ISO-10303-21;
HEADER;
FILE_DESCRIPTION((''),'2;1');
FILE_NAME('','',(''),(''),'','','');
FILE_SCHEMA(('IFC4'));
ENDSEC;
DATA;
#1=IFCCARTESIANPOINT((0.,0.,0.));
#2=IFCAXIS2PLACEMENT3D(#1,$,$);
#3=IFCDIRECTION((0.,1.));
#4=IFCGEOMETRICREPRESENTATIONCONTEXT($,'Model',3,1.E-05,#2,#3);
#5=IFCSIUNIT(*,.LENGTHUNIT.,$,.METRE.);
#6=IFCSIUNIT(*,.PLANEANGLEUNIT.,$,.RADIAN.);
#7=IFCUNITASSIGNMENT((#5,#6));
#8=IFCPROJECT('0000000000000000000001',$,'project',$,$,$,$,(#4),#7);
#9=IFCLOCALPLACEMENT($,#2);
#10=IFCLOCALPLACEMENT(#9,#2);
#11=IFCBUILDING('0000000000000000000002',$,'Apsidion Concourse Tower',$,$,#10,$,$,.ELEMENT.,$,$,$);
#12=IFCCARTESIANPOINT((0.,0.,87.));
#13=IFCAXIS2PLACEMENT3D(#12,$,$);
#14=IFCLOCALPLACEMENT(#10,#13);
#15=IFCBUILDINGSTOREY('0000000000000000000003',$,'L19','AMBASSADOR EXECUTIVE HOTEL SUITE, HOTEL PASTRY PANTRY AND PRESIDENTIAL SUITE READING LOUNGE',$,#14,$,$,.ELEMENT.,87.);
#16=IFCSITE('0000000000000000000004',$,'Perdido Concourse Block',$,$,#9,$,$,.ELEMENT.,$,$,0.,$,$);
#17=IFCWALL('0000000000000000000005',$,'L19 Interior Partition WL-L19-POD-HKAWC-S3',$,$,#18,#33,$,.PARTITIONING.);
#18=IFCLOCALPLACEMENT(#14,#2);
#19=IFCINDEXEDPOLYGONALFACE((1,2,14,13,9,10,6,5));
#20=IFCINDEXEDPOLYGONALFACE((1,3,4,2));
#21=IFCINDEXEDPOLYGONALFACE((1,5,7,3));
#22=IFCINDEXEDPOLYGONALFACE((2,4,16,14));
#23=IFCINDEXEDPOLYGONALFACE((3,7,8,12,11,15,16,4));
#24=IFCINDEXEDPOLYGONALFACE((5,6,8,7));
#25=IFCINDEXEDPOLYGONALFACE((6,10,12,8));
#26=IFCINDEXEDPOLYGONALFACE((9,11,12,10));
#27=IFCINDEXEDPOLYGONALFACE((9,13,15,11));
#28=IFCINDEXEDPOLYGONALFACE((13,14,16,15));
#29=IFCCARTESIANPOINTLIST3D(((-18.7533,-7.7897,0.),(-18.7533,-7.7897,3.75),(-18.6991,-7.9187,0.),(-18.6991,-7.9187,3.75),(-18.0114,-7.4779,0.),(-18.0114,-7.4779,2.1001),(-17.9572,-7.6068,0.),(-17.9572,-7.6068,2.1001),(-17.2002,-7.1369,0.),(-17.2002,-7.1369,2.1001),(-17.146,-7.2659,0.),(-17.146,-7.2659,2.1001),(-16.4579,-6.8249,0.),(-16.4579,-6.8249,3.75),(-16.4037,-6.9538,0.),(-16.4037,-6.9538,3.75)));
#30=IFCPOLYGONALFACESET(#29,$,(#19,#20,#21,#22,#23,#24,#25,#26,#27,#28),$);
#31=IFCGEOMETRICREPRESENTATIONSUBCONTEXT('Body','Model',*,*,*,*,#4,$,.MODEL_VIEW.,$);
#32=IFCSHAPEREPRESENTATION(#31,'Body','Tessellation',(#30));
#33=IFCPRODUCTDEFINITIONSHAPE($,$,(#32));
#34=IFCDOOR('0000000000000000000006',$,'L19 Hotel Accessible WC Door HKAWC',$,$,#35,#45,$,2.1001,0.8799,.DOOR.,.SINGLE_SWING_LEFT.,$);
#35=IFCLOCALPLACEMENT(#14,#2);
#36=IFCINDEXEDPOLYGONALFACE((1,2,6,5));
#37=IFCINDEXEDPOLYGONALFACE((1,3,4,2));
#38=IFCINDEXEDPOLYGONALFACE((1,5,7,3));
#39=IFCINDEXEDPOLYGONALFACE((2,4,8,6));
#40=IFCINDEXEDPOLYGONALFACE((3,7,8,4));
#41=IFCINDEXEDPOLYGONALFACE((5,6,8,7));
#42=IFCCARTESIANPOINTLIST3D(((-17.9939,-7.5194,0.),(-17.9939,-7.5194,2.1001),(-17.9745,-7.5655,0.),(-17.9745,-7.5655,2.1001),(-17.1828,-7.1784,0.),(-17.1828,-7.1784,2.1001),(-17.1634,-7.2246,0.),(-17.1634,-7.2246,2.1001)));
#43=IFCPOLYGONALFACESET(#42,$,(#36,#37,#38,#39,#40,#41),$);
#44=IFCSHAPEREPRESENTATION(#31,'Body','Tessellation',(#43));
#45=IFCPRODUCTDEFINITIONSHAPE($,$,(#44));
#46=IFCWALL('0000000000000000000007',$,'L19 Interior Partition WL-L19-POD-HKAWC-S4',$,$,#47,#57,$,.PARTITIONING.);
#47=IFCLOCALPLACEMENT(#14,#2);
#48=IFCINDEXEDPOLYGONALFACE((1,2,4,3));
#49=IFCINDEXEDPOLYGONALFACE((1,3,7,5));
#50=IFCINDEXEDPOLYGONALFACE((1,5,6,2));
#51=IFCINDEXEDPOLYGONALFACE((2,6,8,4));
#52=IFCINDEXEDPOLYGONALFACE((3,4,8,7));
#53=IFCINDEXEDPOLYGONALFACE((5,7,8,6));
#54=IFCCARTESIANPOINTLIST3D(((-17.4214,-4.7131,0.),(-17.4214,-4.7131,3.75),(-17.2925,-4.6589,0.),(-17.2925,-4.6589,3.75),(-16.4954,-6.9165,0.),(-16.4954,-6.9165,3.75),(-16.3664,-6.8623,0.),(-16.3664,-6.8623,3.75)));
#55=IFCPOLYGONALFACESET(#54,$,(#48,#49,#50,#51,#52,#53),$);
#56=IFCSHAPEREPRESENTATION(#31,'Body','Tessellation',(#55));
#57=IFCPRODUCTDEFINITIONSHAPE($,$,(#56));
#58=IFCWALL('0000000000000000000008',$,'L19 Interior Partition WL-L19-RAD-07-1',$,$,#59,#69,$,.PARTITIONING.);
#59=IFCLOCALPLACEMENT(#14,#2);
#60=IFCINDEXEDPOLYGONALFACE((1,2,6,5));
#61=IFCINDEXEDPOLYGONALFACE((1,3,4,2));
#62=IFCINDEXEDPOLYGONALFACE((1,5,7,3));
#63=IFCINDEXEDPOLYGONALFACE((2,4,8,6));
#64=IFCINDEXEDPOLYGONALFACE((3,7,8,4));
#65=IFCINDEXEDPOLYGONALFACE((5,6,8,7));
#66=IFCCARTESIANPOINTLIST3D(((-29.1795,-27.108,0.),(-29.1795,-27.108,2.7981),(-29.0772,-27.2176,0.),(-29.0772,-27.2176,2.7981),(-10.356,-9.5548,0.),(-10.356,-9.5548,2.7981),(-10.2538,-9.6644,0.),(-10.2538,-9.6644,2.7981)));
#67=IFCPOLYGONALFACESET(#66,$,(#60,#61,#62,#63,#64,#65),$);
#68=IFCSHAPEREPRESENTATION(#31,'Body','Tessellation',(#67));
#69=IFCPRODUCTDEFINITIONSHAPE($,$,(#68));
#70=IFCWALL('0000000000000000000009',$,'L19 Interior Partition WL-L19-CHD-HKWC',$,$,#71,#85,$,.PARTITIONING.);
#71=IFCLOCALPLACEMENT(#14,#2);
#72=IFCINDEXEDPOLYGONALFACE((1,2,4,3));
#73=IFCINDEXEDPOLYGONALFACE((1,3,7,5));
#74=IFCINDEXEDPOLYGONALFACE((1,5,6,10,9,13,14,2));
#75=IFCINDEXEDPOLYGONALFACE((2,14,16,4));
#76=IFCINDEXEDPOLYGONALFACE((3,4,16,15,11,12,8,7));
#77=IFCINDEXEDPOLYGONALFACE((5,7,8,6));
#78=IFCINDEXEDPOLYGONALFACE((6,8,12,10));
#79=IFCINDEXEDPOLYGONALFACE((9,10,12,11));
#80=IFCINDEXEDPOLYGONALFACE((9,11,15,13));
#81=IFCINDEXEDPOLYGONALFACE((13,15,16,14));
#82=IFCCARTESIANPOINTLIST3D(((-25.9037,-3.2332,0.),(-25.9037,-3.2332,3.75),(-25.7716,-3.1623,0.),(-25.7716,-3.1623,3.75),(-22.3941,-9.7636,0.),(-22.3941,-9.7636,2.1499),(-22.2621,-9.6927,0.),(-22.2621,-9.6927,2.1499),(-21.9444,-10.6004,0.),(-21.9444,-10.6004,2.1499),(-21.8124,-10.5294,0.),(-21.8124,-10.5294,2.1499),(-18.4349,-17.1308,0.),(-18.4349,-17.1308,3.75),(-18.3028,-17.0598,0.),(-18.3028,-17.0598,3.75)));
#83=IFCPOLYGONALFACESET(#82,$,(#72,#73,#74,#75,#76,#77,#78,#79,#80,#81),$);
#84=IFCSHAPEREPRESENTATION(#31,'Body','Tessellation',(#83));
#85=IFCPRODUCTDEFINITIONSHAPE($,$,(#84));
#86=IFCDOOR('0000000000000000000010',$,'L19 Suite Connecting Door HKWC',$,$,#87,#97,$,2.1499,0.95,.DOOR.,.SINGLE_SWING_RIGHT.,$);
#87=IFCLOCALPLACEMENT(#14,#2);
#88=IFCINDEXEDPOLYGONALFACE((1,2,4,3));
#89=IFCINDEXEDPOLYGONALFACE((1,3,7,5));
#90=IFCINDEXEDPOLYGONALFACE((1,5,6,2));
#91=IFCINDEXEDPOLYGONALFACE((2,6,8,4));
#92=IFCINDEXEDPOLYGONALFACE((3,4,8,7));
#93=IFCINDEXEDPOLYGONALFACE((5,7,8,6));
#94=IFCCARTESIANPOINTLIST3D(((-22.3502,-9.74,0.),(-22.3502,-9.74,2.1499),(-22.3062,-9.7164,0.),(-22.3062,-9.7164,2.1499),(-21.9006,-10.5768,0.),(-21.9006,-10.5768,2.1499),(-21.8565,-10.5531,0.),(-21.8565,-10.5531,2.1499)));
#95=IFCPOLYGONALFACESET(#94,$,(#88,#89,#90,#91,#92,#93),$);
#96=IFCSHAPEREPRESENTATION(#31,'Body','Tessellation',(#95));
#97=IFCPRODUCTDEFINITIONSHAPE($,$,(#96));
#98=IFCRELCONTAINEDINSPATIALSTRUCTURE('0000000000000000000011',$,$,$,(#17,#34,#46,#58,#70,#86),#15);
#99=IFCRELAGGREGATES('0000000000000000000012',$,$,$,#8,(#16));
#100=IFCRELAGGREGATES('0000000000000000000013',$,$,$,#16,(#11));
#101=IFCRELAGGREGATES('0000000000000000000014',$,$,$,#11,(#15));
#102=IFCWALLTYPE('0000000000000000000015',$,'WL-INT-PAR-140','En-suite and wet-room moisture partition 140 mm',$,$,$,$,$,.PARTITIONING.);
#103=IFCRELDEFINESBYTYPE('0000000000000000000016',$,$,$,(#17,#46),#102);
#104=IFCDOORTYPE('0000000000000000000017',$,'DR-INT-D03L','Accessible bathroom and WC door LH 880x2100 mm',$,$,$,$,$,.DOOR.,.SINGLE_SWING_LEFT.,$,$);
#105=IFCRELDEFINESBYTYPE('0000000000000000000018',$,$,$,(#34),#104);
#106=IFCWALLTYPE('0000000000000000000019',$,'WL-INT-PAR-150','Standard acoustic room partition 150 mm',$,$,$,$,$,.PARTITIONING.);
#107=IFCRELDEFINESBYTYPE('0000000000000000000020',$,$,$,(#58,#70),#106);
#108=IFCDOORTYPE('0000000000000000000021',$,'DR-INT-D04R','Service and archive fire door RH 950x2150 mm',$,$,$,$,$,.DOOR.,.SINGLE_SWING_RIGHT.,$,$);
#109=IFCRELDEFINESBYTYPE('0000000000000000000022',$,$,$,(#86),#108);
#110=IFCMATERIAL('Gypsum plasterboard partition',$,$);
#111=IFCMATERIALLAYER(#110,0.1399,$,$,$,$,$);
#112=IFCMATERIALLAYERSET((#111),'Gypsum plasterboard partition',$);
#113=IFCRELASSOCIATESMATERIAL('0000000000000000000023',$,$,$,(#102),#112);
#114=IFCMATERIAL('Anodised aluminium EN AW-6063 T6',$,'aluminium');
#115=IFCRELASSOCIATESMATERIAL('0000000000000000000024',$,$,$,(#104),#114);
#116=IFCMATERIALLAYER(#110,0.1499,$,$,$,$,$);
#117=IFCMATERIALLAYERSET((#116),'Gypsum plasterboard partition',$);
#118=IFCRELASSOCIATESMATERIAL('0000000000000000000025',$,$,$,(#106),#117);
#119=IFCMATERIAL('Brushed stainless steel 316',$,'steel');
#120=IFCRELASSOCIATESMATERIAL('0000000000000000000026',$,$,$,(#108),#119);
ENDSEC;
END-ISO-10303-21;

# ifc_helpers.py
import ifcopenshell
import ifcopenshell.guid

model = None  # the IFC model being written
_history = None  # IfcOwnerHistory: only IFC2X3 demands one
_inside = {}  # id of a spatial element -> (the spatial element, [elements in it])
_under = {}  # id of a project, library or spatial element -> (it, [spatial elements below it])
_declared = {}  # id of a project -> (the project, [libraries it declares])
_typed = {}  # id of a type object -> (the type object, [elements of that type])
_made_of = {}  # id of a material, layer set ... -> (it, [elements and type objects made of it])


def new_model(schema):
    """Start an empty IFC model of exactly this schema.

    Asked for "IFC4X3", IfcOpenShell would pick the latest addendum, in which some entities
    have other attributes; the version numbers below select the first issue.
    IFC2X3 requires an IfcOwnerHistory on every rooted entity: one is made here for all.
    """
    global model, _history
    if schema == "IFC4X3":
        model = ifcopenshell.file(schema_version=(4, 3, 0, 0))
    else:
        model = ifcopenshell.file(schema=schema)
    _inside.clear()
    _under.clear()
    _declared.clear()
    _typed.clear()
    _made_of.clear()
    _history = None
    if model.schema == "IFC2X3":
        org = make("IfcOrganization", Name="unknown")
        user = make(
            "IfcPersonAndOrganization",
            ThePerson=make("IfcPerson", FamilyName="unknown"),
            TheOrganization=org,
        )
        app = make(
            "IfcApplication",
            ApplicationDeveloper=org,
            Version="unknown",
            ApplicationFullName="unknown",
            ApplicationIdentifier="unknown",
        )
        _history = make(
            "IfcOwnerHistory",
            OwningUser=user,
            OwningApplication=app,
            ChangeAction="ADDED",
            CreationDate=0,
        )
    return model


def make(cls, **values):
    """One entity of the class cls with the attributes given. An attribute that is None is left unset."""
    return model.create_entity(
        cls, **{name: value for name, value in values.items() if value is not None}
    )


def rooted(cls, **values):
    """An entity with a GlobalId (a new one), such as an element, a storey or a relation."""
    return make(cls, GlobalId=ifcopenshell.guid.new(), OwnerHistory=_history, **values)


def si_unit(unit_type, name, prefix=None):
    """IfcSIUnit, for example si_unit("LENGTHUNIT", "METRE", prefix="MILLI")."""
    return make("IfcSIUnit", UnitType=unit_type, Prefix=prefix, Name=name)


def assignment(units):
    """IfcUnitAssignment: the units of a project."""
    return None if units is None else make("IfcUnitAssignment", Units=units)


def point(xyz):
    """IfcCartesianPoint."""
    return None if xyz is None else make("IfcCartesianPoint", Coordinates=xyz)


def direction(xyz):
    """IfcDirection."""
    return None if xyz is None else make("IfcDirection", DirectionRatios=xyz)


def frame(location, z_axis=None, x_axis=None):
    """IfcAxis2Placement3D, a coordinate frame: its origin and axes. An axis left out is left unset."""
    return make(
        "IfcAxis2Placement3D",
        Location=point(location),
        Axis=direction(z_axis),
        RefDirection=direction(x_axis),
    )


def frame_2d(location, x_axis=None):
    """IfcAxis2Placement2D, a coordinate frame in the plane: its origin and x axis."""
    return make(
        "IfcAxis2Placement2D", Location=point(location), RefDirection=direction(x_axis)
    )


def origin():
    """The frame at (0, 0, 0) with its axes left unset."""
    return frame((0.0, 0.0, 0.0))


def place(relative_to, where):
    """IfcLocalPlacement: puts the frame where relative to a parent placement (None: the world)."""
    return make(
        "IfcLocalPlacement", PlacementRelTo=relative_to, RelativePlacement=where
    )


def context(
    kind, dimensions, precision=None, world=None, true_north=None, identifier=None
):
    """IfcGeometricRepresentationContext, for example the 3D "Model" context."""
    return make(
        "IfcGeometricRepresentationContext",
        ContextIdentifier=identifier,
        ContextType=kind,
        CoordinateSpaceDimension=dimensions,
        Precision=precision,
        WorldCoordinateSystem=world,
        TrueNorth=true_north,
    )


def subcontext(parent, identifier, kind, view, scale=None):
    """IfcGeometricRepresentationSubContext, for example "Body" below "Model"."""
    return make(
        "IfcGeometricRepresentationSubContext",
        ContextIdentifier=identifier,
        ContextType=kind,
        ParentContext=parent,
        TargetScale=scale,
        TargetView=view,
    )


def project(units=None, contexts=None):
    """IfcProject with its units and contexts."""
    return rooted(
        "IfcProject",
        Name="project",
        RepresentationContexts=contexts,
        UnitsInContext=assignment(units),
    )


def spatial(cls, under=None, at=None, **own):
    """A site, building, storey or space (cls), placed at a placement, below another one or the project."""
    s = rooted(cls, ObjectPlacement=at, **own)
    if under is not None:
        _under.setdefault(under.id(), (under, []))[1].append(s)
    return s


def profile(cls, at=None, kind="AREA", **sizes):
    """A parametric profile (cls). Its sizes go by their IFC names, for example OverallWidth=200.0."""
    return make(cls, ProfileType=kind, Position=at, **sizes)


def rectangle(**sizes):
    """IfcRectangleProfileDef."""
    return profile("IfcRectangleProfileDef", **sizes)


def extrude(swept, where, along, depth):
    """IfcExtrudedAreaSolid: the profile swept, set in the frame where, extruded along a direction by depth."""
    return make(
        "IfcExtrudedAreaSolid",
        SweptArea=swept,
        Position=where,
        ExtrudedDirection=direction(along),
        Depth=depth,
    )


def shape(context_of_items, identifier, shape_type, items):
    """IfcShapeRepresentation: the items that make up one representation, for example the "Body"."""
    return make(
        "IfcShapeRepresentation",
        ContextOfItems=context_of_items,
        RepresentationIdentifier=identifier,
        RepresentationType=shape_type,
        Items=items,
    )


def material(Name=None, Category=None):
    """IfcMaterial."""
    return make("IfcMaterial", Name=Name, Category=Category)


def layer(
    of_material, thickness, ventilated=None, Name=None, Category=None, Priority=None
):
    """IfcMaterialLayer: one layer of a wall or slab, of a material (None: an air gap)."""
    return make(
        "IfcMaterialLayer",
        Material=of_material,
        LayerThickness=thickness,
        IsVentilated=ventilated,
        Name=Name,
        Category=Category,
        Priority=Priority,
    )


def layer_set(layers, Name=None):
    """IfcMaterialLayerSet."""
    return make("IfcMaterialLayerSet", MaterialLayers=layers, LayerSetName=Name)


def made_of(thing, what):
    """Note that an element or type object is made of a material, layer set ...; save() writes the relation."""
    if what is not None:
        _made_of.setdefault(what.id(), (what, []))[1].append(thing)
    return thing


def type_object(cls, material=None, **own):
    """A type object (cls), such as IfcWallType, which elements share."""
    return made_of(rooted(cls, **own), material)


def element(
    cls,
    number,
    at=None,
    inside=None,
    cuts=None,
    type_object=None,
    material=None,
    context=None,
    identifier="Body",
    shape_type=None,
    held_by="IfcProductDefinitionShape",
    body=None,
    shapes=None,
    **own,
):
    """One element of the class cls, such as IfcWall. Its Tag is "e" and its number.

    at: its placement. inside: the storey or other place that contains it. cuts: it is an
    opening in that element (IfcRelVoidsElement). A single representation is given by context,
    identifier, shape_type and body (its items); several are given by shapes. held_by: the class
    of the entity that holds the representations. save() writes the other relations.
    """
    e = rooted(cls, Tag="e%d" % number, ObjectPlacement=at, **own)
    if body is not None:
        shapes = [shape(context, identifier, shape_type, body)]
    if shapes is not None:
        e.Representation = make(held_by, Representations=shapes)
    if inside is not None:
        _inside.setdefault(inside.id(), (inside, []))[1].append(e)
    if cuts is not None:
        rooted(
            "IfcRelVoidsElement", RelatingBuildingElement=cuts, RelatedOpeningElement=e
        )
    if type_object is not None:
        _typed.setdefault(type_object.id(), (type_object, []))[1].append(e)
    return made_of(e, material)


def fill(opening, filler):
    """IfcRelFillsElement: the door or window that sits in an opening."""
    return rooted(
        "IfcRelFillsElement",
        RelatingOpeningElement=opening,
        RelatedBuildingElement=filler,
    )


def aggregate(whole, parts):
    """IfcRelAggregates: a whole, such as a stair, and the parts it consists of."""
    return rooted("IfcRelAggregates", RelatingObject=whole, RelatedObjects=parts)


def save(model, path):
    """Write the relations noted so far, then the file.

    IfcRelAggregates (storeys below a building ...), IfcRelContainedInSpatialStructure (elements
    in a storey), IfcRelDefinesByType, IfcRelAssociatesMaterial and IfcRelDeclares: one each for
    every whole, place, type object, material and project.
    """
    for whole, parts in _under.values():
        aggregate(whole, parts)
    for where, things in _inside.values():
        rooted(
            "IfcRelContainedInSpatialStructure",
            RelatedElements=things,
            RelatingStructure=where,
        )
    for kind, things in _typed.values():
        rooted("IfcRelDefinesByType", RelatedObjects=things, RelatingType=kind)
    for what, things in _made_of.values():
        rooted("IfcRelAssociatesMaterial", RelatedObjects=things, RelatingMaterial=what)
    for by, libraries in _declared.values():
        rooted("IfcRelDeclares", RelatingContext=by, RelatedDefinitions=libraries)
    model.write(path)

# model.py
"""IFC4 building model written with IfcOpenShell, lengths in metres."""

from ifc_helpers import new_model, si_unit, direction, frame, frame_2d, origin, place, context, subcontext, project, spatial, rectangle, extrude, material, layer, layer_set, type_object, element, fill, save


model = new_model("IFC4")

# Units and contexts
model_context = context("Model", 3, precision=1e-05, world=origin(), true_north=direction((0.0, 1.0)))
body_context = subcontext(model_context, "Body", "Model", "MODEL_VIEW")
ifc_project = project(units=[si_unit("LENGTHUNIT", "METRE"), si_unit("PLANEANGLEUNIT", "RADIAN")], contexts=[model_context])

# Site, building, storey
site_placement = place(None, origin())
site = spatial("IfcSite", under=ifc_project, at=site_placement, Name="Perdido Concourse Block", CompositionType="ELEMENT", RefElevation=0.0)
building_placement = place(site_placement, origin())
building = spatial("IfcBuilding", under=site, at=building_placement, Name="Apsidion Concourse Tower", CompositionType="ELEMENT")
storey_placement = place(building_placement, frame((0.0, 0.0, 87.0)))
storey = spatial("IfcBuildingStorey", under=building, at=storey_placement, Name="L19", Description="AMBASSADOR EXECUTIVE HOTEL SUITE, HOTEL PASTRY PANTRY AND PRESIDENTIAL SUITE READING LOUNGE", CompositionType="ELEMENT", Elevation=87.0)

# Shared definitions
ifc_material_1 = material(Name="Gypsum plasterboard partition")
ifc_layer_1 = layer(ifc_material_1, 0.1399)
ifc_layer_set_1 = layer_set([ifc_layer_1], Name="Gypsum plasterboard partition")
wall_type_1 = type_object("IfcWallType", Name="WL-INT-PAR-140", Description="En-suite and wet-room moisture partition 140 mm", PredefinedType="PARTITIONING", material=ifc_layer_set_1)

# Wall, opening, door
wall_1_placement = place(storey_placement, frame((-18.7263, -7.8542, 0.0), z_axis=(0.0, 0.0, 1.0), x_axis=(0.921871, 0.387496, 0.0)))
wall_1 = element("IfcWall", 1, at=wall_1_placement, inside=storey, type_object=wall_type_1, Name="L19 Interior Partition WL-L19-POD-HKAWC-S3", PredefinedType="PARTITIONING", context=body_context, shape_type="SweptSolid", body=[
    extrude(rectangle(XDim=2.49, YDim=0.1399, at=frame_2d((1.2451, 0.0))), origin(), (0.0, 0.0, 1.0), 3.75),
])
opening_1_placement = place(wall_1_placement, frame((0.8049, 0.0, 0.0)))
opening_1 = element("IfcOpeningElement", 2, at=opening_1_placement, cuts=wall_1, PredefinedType="OPENING", context=body_context, shape_type="SweptSolid", body=[
    extrude(rectangle(XDim=0.8799, YDim=2.1001, at=frame_2d((0.4399, 1.05))), frame((0.0, 0.0801, 0.0), z_axis=(0.0, -1.0, 0.0), x_axis=(1.0, 0.0, 0.0)), (0.0, 0.0, 1.0), 0.1599),
])
ifc_material_2 = material(Name="Anodised aluminium EN AW-6063 T6", Category="aluminium")
door_type_1 = type_object("IfcDoorType", Name="DR-INT-D03L", Description="Accessible bathroom and WC door LH 880x2100 mm", OperationType="SINGLE_SWING_LEFT", PredefinedType="DOOR", material=ifc_material_2)
door_1_placement = place(opening_1_placement, origin())
door_1 = element("IfcDoor", 3, at=door_1_placement, inside=storey, type_object=door_type_1, Name="L19 Hotel Accessible WC Door HKAWC", OperationType="SINGLE_SWING_LEFT", OverallHeight=2.1001, OverallWidth=0.8799, PredefinedType="DOOR", context=body_context, shape_type="SweptSolid", body=[
    extrude(rectangle(XDim=0.8799, YDim=2.1001, at=frame_2d((0.4399, 1.05))), frame((0.0, 0.0249, 0.0), z_axis=(0.0, -1.0, 0.0), x_axis=(1.0, 0.0, 0.0)), (0.0, 0.0, 1.0), 0.05),
])
fill(opening_1, door_1)

# Walls
wall_2_placement = place(storey_placement, frame((-16.4309, -6.8894, 0.0), z_axis=(0.0, 0.0, 1.0), x_axis=(-0.38745, 0.921891, 0.0)))
element("IfcWall", 4, at=wall_2_placement, inside=storey, type_object=wall_type_1, Name="L19 Interior Partition WL-L19-POD-HKAWC-S4", PredefinedType="PARTITIONING", context=body_context, shape_type="SweptSolid", body=[
    extrude(rectangle(XDim=2.3901, YDim=0.1399, at=frame_2d((1.1951, 0.0))), origin(), (0.0, 0.0, 1.0), 3.75),
])
ifc_layer_2 = layer(ifc_material_1, 0.1499)
ifc_layer_set_2 = layer_set([ifc_layer_2], Name="Gypsum plasterboard partition")
wall_type_2 = type_object("IfcWallType", Name="WL-INT-PAR-150", Description="Standard acoustic room partition 150 mm", PredefinedType="PARTITIONING", material=ifc_layer_set_2)
wall_3_placement = place(storey_placement, frame((-10.3049, -9.6096, 0.0), z_axis=(0.0, 0.0, 1.0), x_axis=(-0.731353, -0.681999, 0.0)))
element("IfcWall", 5, at=wall_3_placement, inside=storey, type_object=wall_type_2, Name="L19 Interior Partition WL-L19-RAD-07-1", PredefinedType="PARTITIONING", context=body_context, shape_type="SweptSolid", body=[
    extrude(rectangle(XDim=25.7378, YDim=0.1499, at=frame_2d((12.8689, 0.0))), origin(), (0.0, 0.0, 1.0), 2.7981),
])

# Wall, opening, door
wall_4_placement = place(storey_placement, frame((-25.8376, -3.1978, 0.0), z_axis=(0.0, 0.0, 1.0), x_axis=(0.473387, -0.880854, 0.0)))
wall_4 = element("IfcWall", 6, at=wall_4_placement, inside=storey, type_object=wall_type_2, Name="L19 Interior Partition WL-L19-CHD-HKWC", PredefinedType="PARTITIONING", context=body_context, shape_type="SweptSolid", body=[
    extrude(rectangle(XDim=15.7773, YDim=0.1499, at=frame_2d((7.8887, 0.0))), origin(), (0.0, 0.0, 1.0), 3.75),
])
opening_2_placement = place(wall_4_placement, frame((7.4136, 0.0, 0.0)))
opening_2 = element("IfcOpeningElement", 7, at=opening_2_placement, cuts=wall_4, PredefinedType="OPENING", context=body_context, shape_type="SweptSolid", body=[
    extrude(rectangle(XDim=0.95, YDim=2.1499, at=frame_2d((0.4751, 1.075))), frame((0.0, 0.085, 0.0), z_axis=(0.0, -1.0, 0.0), x_axis=(1.0, 0.0, 0.0)), (0.0, 0.0, 1.0), 0.1699),
])
ifc_material_3 = material(Name="Brushed stainless steel 316", Category="steel")
door_type_2 = type_object("IfcDoorType", Name="DR-INT-D04R", Description="Service and archive fire door RH 950x2150 mm", OperationType="SINGLE_SWING_RIGHT", PredefinedType="DOOR", material=ifc_material_3)
door_2_placement = place(opening_2_placement, origin())
door_2 = element("IfcDoor", 8, at=door_2_placement, inside=storey, type_object=door_type_2, Name="L19 Suite Connecting Door HKWC", OperationType="SINGLE_SWING_RIGHT", OverallHeight=2.1499, OverallWidth=0.95, PredefinedType="DOOR", context=body_context, shape_type="SweptSolid", body=[
    extrude(rectangle(XDim=0.95, YDim=2.1499, at=frame_2d((0.4751, 1.075))), frame((0.0, 0.0249, 0.0), z_axis=(0.0, -1.0, 0.0), x_axis=(1.0, 0.0, 0.0)), (0.0, 0.0, 1.0), 0.05),
])
fill(opening_2, door_2)

save(model, "model.ifc")
